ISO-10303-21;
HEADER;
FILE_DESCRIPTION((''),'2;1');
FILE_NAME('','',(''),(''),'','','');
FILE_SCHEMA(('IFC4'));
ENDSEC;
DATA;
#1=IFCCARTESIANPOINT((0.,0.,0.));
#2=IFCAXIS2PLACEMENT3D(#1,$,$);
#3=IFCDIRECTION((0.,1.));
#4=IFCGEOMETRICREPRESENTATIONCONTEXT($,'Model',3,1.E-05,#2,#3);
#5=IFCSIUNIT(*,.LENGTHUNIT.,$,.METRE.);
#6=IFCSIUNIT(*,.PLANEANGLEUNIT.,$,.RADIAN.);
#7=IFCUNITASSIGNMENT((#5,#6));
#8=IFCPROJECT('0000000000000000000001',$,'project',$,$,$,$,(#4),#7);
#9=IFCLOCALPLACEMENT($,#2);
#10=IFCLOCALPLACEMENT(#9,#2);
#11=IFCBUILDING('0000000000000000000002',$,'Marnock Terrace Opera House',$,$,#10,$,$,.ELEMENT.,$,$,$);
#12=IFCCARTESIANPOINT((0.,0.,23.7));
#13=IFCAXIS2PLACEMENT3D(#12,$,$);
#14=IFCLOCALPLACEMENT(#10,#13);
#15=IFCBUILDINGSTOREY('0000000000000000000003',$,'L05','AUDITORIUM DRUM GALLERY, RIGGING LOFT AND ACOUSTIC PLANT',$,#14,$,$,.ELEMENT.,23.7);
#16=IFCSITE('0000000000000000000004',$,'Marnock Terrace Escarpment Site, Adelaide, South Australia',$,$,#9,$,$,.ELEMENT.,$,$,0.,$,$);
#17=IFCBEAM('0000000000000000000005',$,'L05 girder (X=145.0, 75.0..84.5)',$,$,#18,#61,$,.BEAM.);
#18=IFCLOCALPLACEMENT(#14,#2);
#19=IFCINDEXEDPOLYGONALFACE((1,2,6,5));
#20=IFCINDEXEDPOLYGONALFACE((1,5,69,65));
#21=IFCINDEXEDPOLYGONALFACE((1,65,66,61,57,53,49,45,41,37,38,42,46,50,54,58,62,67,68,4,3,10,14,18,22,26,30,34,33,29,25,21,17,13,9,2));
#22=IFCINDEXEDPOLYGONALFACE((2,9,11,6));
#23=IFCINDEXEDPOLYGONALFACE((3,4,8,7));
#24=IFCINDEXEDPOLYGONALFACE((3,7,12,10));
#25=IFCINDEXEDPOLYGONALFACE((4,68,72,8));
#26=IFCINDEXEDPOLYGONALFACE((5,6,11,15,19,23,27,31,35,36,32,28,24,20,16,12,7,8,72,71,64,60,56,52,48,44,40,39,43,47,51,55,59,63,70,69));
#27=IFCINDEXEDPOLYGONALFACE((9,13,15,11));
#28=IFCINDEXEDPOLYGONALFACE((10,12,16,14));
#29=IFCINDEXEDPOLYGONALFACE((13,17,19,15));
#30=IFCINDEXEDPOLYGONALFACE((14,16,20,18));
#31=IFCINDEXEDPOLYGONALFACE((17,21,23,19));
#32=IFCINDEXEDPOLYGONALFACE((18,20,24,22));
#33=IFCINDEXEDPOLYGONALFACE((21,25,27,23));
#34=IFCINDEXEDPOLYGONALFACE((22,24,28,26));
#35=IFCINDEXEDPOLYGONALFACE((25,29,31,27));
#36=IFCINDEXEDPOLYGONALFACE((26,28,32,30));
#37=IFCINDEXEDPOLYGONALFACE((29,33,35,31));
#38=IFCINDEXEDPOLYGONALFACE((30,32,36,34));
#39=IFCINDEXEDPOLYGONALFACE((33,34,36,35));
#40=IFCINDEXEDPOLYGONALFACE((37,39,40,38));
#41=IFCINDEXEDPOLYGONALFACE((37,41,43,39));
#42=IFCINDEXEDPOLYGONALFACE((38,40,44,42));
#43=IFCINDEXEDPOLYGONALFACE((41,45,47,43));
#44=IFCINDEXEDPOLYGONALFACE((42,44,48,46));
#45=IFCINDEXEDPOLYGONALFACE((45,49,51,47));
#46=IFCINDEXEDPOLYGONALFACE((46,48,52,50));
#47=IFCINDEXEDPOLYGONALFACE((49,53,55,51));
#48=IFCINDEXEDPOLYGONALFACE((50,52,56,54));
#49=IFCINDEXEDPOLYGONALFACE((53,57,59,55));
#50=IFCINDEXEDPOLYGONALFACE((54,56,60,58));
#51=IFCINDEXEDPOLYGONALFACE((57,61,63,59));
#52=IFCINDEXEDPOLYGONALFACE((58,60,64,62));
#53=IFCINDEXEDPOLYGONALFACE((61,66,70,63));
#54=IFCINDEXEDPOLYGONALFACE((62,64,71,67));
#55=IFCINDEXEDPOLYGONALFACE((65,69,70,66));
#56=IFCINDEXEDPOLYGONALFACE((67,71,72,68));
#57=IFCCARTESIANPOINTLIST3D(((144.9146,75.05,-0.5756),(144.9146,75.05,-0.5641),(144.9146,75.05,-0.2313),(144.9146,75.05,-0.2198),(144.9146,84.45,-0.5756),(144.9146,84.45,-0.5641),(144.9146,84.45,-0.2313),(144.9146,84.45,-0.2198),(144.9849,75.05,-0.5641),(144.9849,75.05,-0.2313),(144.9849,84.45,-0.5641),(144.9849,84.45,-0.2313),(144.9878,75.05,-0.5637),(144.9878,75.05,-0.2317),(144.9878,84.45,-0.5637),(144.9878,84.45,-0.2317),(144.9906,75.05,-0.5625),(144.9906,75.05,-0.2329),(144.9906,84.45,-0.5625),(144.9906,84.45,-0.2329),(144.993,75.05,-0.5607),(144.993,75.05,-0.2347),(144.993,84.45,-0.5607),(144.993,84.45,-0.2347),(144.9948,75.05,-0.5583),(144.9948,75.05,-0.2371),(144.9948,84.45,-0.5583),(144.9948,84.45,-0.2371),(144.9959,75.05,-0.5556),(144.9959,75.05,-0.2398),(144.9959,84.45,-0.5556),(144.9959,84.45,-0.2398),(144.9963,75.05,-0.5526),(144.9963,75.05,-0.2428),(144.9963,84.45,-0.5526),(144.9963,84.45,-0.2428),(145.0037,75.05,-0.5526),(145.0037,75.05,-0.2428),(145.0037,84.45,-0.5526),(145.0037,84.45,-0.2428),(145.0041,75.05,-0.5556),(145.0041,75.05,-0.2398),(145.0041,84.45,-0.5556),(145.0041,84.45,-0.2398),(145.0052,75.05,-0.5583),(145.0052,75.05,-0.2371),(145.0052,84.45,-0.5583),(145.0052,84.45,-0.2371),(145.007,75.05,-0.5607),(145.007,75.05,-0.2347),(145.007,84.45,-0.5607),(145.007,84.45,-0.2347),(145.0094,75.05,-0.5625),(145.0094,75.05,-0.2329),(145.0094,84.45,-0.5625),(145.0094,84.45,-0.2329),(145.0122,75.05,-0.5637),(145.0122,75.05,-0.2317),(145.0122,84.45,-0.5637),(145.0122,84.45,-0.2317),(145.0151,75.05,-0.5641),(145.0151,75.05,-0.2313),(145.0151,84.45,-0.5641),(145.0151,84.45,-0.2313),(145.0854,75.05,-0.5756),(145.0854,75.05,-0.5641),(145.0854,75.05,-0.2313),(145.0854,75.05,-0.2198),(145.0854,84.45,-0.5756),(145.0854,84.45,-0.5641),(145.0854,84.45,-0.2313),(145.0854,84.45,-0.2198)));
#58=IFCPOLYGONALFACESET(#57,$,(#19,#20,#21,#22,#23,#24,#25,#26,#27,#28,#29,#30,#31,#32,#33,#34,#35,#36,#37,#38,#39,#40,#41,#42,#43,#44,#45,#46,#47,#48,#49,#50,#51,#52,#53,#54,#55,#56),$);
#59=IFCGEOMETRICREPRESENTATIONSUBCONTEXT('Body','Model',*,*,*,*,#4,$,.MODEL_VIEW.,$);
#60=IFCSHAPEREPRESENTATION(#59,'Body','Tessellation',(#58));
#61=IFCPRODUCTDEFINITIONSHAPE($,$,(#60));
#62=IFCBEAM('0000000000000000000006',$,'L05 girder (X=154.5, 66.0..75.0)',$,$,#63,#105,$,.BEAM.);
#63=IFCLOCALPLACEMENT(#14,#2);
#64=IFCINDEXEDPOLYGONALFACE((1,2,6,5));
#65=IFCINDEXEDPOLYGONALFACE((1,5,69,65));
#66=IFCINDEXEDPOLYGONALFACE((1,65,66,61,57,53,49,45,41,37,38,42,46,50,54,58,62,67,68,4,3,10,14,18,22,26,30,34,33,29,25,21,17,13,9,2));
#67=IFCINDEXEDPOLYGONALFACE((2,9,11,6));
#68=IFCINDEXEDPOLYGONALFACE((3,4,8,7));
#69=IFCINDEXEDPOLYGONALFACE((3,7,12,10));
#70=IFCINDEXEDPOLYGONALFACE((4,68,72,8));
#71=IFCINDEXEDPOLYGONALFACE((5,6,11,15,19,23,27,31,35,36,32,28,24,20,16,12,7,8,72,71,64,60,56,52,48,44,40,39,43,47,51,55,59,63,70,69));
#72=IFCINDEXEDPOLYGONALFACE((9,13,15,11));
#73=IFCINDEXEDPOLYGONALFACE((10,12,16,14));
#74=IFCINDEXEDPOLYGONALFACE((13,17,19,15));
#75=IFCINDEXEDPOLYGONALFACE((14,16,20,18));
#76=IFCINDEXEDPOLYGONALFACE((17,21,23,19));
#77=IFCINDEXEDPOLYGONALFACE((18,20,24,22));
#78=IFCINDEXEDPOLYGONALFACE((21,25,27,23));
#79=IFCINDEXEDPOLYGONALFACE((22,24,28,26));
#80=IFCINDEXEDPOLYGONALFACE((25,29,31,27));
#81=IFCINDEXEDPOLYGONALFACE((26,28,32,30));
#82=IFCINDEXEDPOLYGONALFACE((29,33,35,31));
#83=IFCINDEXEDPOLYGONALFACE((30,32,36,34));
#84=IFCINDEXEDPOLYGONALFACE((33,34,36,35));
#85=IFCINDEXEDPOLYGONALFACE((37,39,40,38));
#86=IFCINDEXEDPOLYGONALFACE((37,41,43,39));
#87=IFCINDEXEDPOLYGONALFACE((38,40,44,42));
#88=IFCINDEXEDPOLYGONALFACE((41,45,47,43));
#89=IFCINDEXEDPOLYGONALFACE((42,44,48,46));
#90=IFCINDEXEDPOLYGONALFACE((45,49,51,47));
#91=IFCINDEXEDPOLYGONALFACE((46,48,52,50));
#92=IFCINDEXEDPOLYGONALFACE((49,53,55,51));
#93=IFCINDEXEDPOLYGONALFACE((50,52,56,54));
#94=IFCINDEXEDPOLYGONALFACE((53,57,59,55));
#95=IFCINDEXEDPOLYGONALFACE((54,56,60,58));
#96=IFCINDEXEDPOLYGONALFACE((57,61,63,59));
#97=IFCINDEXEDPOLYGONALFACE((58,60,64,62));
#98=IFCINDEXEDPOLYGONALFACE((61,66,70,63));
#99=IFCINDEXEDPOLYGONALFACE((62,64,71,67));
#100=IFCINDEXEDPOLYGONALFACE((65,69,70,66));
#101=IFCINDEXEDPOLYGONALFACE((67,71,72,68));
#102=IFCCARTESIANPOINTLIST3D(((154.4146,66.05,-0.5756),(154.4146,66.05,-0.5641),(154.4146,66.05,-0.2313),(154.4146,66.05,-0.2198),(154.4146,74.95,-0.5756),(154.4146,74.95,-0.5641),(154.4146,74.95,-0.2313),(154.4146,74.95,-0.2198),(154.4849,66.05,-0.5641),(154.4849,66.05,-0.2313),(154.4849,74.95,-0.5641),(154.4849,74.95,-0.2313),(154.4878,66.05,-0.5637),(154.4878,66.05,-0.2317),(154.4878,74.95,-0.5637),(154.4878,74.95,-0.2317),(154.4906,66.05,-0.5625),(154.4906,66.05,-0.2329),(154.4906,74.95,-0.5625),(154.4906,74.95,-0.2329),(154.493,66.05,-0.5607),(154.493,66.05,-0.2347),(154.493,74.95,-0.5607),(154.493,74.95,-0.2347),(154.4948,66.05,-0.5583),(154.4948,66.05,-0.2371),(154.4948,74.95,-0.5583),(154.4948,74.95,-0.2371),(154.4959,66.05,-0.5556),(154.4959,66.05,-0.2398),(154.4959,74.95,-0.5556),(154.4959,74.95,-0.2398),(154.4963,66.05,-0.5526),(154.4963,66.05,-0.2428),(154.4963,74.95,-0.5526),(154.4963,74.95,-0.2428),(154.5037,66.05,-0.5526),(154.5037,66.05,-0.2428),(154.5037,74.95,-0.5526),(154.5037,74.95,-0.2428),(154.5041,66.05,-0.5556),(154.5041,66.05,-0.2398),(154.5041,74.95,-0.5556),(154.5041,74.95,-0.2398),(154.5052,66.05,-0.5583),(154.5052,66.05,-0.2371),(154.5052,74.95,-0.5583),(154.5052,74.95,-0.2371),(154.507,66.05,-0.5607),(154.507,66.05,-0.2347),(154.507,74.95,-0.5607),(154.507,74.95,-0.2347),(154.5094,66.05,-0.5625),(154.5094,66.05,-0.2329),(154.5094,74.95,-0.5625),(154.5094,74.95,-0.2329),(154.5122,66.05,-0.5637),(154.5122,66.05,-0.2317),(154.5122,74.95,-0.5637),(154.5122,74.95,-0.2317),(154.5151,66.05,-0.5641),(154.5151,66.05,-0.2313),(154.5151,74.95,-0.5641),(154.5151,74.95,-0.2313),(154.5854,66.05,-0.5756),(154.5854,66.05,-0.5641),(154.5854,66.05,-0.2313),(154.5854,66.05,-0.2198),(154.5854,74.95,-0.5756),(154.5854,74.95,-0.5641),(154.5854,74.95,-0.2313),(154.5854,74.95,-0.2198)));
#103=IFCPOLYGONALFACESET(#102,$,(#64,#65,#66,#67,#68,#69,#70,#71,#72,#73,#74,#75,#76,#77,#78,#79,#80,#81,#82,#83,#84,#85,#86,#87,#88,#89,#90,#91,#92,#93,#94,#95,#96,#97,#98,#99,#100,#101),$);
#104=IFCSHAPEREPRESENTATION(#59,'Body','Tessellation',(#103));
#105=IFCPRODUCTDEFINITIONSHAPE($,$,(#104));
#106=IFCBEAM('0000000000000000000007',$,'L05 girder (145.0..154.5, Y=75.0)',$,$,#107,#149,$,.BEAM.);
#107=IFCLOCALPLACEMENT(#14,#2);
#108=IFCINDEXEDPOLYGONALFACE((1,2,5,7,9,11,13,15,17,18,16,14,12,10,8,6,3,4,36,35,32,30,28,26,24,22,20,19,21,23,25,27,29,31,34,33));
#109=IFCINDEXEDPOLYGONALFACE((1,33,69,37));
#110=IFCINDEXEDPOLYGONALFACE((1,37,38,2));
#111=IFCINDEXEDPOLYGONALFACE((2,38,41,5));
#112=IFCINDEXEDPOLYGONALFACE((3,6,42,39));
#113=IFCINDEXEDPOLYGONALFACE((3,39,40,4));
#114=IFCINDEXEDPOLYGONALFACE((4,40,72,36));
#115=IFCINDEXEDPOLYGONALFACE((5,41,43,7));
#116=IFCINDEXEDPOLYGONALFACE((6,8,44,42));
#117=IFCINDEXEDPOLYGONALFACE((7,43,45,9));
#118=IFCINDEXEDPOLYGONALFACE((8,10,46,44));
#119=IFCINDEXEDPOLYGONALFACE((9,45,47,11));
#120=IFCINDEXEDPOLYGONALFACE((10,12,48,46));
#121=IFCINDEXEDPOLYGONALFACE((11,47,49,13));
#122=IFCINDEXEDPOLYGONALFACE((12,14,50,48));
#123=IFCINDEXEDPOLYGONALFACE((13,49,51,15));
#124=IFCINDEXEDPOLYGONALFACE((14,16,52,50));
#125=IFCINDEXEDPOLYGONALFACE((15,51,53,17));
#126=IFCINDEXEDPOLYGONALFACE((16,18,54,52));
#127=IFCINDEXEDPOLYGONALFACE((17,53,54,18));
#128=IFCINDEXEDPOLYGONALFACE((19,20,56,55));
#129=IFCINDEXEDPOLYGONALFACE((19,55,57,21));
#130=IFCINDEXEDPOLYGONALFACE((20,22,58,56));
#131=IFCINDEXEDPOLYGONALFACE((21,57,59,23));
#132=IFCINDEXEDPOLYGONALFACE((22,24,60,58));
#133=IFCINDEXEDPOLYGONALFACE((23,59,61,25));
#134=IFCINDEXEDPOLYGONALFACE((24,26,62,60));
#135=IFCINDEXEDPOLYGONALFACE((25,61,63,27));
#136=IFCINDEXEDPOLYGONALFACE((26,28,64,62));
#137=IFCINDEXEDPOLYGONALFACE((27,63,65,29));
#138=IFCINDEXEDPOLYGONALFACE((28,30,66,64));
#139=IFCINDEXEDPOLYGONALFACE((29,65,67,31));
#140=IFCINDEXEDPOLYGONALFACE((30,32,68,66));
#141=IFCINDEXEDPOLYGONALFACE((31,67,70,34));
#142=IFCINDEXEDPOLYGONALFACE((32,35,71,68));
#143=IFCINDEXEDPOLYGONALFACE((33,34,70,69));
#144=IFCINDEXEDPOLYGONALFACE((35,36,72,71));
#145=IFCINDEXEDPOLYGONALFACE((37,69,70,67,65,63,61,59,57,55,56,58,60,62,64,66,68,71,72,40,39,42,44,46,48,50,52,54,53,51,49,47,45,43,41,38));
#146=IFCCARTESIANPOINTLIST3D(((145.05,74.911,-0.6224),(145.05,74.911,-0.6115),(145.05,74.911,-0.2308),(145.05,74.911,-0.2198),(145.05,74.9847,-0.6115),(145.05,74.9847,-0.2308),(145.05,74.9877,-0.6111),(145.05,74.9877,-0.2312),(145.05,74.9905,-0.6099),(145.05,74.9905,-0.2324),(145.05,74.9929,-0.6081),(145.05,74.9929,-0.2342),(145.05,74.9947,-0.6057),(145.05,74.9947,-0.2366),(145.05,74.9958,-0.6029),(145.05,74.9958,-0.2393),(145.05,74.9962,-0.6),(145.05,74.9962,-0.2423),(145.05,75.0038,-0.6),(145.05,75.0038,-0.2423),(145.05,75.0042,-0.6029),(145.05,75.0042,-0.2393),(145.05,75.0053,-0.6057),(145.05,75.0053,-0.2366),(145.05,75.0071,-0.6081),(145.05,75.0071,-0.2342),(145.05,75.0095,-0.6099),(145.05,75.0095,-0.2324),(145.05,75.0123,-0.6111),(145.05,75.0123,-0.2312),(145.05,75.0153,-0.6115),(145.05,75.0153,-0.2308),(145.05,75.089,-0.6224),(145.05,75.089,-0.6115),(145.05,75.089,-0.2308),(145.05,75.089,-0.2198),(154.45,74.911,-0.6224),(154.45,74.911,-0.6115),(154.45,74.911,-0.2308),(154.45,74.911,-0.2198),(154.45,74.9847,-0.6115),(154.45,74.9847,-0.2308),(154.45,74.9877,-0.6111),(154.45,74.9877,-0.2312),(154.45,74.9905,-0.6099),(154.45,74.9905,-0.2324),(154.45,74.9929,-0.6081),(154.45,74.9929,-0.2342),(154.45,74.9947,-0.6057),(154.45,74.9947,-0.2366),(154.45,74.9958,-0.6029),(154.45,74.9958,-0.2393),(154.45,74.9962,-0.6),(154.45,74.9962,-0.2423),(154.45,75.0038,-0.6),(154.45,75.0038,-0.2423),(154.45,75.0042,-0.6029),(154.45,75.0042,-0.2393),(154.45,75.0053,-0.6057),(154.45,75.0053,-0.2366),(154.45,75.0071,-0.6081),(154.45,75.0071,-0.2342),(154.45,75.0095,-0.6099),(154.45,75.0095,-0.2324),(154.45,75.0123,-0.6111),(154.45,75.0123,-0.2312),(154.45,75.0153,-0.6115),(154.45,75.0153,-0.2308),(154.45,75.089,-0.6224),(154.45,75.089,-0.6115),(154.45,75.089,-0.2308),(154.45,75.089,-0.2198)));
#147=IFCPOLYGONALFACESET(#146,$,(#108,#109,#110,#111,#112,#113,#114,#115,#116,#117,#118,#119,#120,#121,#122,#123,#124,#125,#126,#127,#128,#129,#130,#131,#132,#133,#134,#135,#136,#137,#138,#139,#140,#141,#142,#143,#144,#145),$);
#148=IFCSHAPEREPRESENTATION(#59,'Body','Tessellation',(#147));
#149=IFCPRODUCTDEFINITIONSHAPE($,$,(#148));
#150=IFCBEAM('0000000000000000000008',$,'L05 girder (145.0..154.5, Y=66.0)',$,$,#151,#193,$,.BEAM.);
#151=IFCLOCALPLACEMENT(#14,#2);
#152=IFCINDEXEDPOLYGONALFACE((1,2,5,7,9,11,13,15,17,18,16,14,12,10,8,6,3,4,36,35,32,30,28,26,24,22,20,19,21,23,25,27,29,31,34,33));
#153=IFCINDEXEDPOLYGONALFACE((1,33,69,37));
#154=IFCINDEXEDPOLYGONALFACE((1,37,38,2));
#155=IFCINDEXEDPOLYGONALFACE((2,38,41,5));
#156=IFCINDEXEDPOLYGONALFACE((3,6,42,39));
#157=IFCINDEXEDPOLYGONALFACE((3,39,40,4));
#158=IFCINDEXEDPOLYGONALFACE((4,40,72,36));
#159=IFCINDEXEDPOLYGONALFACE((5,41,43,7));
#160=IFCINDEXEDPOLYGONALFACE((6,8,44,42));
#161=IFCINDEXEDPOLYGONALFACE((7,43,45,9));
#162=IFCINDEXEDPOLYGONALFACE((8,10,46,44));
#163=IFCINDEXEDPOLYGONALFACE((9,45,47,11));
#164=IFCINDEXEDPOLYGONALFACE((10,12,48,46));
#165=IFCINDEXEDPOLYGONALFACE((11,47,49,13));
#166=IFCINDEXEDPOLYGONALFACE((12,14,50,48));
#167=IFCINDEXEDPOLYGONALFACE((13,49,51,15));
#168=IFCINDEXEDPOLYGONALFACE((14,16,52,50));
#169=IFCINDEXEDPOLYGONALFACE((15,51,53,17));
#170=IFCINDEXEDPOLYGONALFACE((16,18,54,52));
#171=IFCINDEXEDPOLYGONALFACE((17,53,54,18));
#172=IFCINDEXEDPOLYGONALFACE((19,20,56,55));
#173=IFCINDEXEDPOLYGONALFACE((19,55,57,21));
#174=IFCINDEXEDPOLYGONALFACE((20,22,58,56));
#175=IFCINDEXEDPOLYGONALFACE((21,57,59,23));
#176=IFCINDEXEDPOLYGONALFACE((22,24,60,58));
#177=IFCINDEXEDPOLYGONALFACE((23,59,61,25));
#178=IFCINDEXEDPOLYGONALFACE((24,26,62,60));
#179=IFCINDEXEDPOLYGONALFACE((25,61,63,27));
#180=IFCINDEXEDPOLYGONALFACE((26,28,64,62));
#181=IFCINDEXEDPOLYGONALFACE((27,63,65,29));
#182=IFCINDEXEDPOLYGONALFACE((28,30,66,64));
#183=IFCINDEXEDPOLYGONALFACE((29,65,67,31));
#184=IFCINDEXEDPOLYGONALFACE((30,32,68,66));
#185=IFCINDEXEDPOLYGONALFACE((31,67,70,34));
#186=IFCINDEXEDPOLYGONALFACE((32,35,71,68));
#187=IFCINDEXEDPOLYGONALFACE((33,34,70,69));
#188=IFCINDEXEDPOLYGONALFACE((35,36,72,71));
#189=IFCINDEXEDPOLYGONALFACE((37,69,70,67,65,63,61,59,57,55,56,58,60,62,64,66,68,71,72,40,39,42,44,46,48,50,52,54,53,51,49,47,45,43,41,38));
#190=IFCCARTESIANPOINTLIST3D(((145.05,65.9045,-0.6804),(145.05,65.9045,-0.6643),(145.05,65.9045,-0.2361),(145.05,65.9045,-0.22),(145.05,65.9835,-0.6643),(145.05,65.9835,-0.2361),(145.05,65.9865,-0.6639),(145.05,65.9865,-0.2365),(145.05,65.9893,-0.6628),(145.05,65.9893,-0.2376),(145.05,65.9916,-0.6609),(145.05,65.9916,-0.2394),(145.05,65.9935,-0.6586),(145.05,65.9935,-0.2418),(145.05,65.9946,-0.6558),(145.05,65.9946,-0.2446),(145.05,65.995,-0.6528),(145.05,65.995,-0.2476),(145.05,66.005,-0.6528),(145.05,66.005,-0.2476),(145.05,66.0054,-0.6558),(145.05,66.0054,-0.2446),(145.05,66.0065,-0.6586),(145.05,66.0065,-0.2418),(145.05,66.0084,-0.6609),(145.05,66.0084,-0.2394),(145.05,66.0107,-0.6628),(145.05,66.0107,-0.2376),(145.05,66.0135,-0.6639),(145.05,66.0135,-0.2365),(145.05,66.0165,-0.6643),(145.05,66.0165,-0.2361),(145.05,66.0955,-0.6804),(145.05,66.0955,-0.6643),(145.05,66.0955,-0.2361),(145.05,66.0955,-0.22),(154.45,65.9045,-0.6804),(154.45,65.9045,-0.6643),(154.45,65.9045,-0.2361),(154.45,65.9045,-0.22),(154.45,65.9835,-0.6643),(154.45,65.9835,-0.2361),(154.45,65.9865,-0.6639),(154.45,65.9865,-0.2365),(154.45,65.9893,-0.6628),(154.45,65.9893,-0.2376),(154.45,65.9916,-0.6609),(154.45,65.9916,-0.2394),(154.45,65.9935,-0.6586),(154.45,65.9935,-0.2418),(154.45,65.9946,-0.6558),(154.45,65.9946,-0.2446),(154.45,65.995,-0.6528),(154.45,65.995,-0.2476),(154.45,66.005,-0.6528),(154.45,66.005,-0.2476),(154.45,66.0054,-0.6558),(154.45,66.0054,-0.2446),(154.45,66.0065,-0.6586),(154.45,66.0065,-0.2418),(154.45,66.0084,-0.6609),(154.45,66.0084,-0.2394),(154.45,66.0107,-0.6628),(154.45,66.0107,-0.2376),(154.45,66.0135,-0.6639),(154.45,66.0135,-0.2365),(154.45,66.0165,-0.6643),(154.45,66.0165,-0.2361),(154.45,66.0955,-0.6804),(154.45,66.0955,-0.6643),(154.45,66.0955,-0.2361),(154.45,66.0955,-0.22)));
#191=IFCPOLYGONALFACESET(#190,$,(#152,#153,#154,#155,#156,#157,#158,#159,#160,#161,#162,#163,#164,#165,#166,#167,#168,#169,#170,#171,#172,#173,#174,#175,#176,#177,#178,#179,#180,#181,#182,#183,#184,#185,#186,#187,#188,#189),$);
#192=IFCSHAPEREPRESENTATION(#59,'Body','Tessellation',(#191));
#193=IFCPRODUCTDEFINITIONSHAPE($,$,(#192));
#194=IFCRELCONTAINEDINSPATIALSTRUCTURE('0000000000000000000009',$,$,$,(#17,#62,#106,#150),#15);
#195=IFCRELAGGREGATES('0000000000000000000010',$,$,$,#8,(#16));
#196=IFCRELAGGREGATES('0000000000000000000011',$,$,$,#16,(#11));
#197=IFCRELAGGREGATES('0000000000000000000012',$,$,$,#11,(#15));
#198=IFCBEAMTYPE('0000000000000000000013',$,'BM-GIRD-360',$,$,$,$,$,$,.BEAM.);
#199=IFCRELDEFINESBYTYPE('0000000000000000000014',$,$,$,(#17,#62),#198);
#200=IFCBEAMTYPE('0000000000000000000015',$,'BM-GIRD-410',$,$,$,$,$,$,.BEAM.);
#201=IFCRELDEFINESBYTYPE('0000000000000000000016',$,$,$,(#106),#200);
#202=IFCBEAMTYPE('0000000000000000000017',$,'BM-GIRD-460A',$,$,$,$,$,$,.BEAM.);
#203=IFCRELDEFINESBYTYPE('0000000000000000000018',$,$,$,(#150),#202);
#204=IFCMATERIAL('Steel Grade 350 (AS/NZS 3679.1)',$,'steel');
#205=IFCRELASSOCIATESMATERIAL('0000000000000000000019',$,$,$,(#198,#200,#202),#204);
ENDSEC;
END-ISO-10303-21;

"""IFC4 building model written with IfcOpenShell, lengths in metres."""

from ifc_helpers import new_model, si_unit, direction, frame, origin, origin_2d, place, context, subcontext, project, spatial, i_section, extrude, material, material_profile, profile_set, type_object, element, save


model = new_model("IFC4")

# Units and contexts
model_context = context("Model", 3, precision=1e-05, world=origin(), true_north=direction((0.0, 1.0)))
body_context = subcontext(model_context, "Body", "Model", "MODEL_VIEW")
ifc_project = project(units=[si_unit("LENGTHUNIT", "METRE"), si_unit("PLANEANGLEUNIT", "RADIAN")], contexts=[model_context])

# Site, building, storey
site_placement = place(None, origin())
site = spatial("IfcSite", under=ifc_project, at=site_placement, Name="Marnock Terrace Escarpment Site, Adelaide, South Australia", CompositionType="ELEMENT", RefElevation=0.0)
building_placement = place(site_placement, origin())
building = spatial("IfcBuilding", under=site, at=building_placement, Name="Marnock Terrace Opera House", CompositionType="ELEMENT")
storey_placement = place(building_placement, frame((0.0, 0.0, 23.7)))
storey = spatial("IfcBuildingStorey", under=building, at=storey_placement, Name="L05", Description="AUDITORIUM DRUM GALLERY, RIGGING LOFT AND ACOUSTIC PLANT", CompositionType="ELEMENT", Elevation=23.7)

# Beams
ifc_material = material(Name="Steel Grade 350 (AS/NZS 3679.1)", Category="steel")
ifc_material_profile_1 = material_profile(ifc_material, i_section(OverallWidth=0.1709, OverallDepth=0.3557, WebThickness=0.0073, FlangeThickness=0.0115, FilletRadius=0.0115, at=origin_2d()))
ifc_profile_set_1 = profile_set([ifc_material_profile_1], Name="Steel Grade 350 (AS/NZS 3679.1)")
beam_type_1 = type_object("IfcBeamType", Name="BM-GIRD-360", PredefinedType="BEAM", material=ifc_profile_set_1)
beam_1_placement = place(storey_placement, frame((145.0, 75.05, -0.3977), z_axis=(0.0, 1.0, 0.0), x_axis=(-1.0, 0.0, 0.0)))
element("IfcBeam", 1, at=beam_1_placement, inside=storey, type_object=beam_type_1, Name="L05 girder (X=145.0, 75.0..84.5)", PredefinedType="BEAM", context=body_context, shape_type="SweptSolid", body=[
    extrude(i_section(OverallWidth=0.1709, OverallDepth=0.3557, WebThickness=0.0073, FlangeThickness=0.0115, FilletRadius=0.0115, at=origin_2d()), origin(), (0.0, 0.0, 1.0), 9.3999),
])
beam_2_placement = place(storey_placement, frame((154.5, 66.05, -0.3977), z_axis=(0.0, 1.0, 0.0), x_axis=(-1.0, 0.0, 0.0)))
element("IfcBeam", 2, at=beam_2_placement, inside=storey, type_object=beam_type_1, Name="L05 girder (X=154.5, 66.0..75.0)", PredefinedType="BEAM", context=body_context, shape_type="SweptSolid", body=[
    extrude(i_section(OverallWidth=0.1709, OverallDepth=0.3557, WebThickness=0.0073, FlangeThickness=0.0115, FilletRadius=0.0115, at=origin_2d()), origin(), (0.0, 0.0, 1.0), 8.8999),
])
ifc_material_profile_2 = material_profile(ifc_material, i_section(OverallWidth=0.178, OverallDepth=0.4026, WebThickness=0.0076, FlangeThickness=0.011, FilletRadius=0.0115, at=origin_2d()))
ifc_profile_set_2 = profile_set([ifc_material_profile_2], Name="Steel Grade 350 (AS/NZS 3679.1)")
beam_type_2 = type_object("IfcBeamType", Name="BM-GIRD-410", PredefinedType="BEAM", material=ifc_profile_set_2)
beam_3_placement = place(storey_placement, frame((145.05, 75.0, -0.4211), z_axis=(1.0, 0.0, 0.0), x_axis=(0.0, 1.0, 0.0)))
element("IfcBeam", 3, at=beam_3_placement, inside=storey, type_object=beam_type_2, Name="L05 girder (145.0..154.5, Y=75.0)", PredefinedType="BEAM", context=body_context, shape_type="SweptSolid", body=[
    extrude(i_section(OverallWidth=0.178, OverallDepth=0.4026, WebThickness=0.0076, FlangeThickness=0.011, FilletRadius=0.0115, at=origin_2d()), origin(), (0.0, 0.0, 1.0), 9.3999),
])
ifc_material_profile_3 = material_profile(ifc_material, i_section(OverallWidth=0.1909, OverallDepth=0.4604, WebThickness=0.01, FlangeThickness=0.0161, FilletRadius=0.0115, at=origin_2d()))
ifc_profile_set_3 = profile_set([ifc_material_profile_3], Name="Steel Grade 350 (AS/NZS 3679.1)")
beam_type_3 = type_object("IfcBeamType", Name="BM-GIRD-460A", PredefinedType="BEAM", material=ifc_profile_set_3)
beam_4_placement = place(storey_placement, frame((145.05, 66.0, -0.4502), z_axis=(1.0, 0.0, 0.0), x_axis=(0.0, 1.0, 0.0)))
element("IfcBeam", 4, at=beam_4_placement, inside=storey, type_object=beam_type_3, Name="L05 girder (145.0..154.5, Y=66.0)", PredefinedType="BEAM", context=body_context, shape_type="SweptSolid", body=[
    extrude(i_section(OverallWidth=0.1909, OverallDepth=0.4604, WebThickness=0.01, FlangeThickness=0.0161, FilletRadius=0.0115, at=origin_2d()), origin(), (0.0, 0.0, 1.0), 9.3999),
])

save(model, "model.ifc")
